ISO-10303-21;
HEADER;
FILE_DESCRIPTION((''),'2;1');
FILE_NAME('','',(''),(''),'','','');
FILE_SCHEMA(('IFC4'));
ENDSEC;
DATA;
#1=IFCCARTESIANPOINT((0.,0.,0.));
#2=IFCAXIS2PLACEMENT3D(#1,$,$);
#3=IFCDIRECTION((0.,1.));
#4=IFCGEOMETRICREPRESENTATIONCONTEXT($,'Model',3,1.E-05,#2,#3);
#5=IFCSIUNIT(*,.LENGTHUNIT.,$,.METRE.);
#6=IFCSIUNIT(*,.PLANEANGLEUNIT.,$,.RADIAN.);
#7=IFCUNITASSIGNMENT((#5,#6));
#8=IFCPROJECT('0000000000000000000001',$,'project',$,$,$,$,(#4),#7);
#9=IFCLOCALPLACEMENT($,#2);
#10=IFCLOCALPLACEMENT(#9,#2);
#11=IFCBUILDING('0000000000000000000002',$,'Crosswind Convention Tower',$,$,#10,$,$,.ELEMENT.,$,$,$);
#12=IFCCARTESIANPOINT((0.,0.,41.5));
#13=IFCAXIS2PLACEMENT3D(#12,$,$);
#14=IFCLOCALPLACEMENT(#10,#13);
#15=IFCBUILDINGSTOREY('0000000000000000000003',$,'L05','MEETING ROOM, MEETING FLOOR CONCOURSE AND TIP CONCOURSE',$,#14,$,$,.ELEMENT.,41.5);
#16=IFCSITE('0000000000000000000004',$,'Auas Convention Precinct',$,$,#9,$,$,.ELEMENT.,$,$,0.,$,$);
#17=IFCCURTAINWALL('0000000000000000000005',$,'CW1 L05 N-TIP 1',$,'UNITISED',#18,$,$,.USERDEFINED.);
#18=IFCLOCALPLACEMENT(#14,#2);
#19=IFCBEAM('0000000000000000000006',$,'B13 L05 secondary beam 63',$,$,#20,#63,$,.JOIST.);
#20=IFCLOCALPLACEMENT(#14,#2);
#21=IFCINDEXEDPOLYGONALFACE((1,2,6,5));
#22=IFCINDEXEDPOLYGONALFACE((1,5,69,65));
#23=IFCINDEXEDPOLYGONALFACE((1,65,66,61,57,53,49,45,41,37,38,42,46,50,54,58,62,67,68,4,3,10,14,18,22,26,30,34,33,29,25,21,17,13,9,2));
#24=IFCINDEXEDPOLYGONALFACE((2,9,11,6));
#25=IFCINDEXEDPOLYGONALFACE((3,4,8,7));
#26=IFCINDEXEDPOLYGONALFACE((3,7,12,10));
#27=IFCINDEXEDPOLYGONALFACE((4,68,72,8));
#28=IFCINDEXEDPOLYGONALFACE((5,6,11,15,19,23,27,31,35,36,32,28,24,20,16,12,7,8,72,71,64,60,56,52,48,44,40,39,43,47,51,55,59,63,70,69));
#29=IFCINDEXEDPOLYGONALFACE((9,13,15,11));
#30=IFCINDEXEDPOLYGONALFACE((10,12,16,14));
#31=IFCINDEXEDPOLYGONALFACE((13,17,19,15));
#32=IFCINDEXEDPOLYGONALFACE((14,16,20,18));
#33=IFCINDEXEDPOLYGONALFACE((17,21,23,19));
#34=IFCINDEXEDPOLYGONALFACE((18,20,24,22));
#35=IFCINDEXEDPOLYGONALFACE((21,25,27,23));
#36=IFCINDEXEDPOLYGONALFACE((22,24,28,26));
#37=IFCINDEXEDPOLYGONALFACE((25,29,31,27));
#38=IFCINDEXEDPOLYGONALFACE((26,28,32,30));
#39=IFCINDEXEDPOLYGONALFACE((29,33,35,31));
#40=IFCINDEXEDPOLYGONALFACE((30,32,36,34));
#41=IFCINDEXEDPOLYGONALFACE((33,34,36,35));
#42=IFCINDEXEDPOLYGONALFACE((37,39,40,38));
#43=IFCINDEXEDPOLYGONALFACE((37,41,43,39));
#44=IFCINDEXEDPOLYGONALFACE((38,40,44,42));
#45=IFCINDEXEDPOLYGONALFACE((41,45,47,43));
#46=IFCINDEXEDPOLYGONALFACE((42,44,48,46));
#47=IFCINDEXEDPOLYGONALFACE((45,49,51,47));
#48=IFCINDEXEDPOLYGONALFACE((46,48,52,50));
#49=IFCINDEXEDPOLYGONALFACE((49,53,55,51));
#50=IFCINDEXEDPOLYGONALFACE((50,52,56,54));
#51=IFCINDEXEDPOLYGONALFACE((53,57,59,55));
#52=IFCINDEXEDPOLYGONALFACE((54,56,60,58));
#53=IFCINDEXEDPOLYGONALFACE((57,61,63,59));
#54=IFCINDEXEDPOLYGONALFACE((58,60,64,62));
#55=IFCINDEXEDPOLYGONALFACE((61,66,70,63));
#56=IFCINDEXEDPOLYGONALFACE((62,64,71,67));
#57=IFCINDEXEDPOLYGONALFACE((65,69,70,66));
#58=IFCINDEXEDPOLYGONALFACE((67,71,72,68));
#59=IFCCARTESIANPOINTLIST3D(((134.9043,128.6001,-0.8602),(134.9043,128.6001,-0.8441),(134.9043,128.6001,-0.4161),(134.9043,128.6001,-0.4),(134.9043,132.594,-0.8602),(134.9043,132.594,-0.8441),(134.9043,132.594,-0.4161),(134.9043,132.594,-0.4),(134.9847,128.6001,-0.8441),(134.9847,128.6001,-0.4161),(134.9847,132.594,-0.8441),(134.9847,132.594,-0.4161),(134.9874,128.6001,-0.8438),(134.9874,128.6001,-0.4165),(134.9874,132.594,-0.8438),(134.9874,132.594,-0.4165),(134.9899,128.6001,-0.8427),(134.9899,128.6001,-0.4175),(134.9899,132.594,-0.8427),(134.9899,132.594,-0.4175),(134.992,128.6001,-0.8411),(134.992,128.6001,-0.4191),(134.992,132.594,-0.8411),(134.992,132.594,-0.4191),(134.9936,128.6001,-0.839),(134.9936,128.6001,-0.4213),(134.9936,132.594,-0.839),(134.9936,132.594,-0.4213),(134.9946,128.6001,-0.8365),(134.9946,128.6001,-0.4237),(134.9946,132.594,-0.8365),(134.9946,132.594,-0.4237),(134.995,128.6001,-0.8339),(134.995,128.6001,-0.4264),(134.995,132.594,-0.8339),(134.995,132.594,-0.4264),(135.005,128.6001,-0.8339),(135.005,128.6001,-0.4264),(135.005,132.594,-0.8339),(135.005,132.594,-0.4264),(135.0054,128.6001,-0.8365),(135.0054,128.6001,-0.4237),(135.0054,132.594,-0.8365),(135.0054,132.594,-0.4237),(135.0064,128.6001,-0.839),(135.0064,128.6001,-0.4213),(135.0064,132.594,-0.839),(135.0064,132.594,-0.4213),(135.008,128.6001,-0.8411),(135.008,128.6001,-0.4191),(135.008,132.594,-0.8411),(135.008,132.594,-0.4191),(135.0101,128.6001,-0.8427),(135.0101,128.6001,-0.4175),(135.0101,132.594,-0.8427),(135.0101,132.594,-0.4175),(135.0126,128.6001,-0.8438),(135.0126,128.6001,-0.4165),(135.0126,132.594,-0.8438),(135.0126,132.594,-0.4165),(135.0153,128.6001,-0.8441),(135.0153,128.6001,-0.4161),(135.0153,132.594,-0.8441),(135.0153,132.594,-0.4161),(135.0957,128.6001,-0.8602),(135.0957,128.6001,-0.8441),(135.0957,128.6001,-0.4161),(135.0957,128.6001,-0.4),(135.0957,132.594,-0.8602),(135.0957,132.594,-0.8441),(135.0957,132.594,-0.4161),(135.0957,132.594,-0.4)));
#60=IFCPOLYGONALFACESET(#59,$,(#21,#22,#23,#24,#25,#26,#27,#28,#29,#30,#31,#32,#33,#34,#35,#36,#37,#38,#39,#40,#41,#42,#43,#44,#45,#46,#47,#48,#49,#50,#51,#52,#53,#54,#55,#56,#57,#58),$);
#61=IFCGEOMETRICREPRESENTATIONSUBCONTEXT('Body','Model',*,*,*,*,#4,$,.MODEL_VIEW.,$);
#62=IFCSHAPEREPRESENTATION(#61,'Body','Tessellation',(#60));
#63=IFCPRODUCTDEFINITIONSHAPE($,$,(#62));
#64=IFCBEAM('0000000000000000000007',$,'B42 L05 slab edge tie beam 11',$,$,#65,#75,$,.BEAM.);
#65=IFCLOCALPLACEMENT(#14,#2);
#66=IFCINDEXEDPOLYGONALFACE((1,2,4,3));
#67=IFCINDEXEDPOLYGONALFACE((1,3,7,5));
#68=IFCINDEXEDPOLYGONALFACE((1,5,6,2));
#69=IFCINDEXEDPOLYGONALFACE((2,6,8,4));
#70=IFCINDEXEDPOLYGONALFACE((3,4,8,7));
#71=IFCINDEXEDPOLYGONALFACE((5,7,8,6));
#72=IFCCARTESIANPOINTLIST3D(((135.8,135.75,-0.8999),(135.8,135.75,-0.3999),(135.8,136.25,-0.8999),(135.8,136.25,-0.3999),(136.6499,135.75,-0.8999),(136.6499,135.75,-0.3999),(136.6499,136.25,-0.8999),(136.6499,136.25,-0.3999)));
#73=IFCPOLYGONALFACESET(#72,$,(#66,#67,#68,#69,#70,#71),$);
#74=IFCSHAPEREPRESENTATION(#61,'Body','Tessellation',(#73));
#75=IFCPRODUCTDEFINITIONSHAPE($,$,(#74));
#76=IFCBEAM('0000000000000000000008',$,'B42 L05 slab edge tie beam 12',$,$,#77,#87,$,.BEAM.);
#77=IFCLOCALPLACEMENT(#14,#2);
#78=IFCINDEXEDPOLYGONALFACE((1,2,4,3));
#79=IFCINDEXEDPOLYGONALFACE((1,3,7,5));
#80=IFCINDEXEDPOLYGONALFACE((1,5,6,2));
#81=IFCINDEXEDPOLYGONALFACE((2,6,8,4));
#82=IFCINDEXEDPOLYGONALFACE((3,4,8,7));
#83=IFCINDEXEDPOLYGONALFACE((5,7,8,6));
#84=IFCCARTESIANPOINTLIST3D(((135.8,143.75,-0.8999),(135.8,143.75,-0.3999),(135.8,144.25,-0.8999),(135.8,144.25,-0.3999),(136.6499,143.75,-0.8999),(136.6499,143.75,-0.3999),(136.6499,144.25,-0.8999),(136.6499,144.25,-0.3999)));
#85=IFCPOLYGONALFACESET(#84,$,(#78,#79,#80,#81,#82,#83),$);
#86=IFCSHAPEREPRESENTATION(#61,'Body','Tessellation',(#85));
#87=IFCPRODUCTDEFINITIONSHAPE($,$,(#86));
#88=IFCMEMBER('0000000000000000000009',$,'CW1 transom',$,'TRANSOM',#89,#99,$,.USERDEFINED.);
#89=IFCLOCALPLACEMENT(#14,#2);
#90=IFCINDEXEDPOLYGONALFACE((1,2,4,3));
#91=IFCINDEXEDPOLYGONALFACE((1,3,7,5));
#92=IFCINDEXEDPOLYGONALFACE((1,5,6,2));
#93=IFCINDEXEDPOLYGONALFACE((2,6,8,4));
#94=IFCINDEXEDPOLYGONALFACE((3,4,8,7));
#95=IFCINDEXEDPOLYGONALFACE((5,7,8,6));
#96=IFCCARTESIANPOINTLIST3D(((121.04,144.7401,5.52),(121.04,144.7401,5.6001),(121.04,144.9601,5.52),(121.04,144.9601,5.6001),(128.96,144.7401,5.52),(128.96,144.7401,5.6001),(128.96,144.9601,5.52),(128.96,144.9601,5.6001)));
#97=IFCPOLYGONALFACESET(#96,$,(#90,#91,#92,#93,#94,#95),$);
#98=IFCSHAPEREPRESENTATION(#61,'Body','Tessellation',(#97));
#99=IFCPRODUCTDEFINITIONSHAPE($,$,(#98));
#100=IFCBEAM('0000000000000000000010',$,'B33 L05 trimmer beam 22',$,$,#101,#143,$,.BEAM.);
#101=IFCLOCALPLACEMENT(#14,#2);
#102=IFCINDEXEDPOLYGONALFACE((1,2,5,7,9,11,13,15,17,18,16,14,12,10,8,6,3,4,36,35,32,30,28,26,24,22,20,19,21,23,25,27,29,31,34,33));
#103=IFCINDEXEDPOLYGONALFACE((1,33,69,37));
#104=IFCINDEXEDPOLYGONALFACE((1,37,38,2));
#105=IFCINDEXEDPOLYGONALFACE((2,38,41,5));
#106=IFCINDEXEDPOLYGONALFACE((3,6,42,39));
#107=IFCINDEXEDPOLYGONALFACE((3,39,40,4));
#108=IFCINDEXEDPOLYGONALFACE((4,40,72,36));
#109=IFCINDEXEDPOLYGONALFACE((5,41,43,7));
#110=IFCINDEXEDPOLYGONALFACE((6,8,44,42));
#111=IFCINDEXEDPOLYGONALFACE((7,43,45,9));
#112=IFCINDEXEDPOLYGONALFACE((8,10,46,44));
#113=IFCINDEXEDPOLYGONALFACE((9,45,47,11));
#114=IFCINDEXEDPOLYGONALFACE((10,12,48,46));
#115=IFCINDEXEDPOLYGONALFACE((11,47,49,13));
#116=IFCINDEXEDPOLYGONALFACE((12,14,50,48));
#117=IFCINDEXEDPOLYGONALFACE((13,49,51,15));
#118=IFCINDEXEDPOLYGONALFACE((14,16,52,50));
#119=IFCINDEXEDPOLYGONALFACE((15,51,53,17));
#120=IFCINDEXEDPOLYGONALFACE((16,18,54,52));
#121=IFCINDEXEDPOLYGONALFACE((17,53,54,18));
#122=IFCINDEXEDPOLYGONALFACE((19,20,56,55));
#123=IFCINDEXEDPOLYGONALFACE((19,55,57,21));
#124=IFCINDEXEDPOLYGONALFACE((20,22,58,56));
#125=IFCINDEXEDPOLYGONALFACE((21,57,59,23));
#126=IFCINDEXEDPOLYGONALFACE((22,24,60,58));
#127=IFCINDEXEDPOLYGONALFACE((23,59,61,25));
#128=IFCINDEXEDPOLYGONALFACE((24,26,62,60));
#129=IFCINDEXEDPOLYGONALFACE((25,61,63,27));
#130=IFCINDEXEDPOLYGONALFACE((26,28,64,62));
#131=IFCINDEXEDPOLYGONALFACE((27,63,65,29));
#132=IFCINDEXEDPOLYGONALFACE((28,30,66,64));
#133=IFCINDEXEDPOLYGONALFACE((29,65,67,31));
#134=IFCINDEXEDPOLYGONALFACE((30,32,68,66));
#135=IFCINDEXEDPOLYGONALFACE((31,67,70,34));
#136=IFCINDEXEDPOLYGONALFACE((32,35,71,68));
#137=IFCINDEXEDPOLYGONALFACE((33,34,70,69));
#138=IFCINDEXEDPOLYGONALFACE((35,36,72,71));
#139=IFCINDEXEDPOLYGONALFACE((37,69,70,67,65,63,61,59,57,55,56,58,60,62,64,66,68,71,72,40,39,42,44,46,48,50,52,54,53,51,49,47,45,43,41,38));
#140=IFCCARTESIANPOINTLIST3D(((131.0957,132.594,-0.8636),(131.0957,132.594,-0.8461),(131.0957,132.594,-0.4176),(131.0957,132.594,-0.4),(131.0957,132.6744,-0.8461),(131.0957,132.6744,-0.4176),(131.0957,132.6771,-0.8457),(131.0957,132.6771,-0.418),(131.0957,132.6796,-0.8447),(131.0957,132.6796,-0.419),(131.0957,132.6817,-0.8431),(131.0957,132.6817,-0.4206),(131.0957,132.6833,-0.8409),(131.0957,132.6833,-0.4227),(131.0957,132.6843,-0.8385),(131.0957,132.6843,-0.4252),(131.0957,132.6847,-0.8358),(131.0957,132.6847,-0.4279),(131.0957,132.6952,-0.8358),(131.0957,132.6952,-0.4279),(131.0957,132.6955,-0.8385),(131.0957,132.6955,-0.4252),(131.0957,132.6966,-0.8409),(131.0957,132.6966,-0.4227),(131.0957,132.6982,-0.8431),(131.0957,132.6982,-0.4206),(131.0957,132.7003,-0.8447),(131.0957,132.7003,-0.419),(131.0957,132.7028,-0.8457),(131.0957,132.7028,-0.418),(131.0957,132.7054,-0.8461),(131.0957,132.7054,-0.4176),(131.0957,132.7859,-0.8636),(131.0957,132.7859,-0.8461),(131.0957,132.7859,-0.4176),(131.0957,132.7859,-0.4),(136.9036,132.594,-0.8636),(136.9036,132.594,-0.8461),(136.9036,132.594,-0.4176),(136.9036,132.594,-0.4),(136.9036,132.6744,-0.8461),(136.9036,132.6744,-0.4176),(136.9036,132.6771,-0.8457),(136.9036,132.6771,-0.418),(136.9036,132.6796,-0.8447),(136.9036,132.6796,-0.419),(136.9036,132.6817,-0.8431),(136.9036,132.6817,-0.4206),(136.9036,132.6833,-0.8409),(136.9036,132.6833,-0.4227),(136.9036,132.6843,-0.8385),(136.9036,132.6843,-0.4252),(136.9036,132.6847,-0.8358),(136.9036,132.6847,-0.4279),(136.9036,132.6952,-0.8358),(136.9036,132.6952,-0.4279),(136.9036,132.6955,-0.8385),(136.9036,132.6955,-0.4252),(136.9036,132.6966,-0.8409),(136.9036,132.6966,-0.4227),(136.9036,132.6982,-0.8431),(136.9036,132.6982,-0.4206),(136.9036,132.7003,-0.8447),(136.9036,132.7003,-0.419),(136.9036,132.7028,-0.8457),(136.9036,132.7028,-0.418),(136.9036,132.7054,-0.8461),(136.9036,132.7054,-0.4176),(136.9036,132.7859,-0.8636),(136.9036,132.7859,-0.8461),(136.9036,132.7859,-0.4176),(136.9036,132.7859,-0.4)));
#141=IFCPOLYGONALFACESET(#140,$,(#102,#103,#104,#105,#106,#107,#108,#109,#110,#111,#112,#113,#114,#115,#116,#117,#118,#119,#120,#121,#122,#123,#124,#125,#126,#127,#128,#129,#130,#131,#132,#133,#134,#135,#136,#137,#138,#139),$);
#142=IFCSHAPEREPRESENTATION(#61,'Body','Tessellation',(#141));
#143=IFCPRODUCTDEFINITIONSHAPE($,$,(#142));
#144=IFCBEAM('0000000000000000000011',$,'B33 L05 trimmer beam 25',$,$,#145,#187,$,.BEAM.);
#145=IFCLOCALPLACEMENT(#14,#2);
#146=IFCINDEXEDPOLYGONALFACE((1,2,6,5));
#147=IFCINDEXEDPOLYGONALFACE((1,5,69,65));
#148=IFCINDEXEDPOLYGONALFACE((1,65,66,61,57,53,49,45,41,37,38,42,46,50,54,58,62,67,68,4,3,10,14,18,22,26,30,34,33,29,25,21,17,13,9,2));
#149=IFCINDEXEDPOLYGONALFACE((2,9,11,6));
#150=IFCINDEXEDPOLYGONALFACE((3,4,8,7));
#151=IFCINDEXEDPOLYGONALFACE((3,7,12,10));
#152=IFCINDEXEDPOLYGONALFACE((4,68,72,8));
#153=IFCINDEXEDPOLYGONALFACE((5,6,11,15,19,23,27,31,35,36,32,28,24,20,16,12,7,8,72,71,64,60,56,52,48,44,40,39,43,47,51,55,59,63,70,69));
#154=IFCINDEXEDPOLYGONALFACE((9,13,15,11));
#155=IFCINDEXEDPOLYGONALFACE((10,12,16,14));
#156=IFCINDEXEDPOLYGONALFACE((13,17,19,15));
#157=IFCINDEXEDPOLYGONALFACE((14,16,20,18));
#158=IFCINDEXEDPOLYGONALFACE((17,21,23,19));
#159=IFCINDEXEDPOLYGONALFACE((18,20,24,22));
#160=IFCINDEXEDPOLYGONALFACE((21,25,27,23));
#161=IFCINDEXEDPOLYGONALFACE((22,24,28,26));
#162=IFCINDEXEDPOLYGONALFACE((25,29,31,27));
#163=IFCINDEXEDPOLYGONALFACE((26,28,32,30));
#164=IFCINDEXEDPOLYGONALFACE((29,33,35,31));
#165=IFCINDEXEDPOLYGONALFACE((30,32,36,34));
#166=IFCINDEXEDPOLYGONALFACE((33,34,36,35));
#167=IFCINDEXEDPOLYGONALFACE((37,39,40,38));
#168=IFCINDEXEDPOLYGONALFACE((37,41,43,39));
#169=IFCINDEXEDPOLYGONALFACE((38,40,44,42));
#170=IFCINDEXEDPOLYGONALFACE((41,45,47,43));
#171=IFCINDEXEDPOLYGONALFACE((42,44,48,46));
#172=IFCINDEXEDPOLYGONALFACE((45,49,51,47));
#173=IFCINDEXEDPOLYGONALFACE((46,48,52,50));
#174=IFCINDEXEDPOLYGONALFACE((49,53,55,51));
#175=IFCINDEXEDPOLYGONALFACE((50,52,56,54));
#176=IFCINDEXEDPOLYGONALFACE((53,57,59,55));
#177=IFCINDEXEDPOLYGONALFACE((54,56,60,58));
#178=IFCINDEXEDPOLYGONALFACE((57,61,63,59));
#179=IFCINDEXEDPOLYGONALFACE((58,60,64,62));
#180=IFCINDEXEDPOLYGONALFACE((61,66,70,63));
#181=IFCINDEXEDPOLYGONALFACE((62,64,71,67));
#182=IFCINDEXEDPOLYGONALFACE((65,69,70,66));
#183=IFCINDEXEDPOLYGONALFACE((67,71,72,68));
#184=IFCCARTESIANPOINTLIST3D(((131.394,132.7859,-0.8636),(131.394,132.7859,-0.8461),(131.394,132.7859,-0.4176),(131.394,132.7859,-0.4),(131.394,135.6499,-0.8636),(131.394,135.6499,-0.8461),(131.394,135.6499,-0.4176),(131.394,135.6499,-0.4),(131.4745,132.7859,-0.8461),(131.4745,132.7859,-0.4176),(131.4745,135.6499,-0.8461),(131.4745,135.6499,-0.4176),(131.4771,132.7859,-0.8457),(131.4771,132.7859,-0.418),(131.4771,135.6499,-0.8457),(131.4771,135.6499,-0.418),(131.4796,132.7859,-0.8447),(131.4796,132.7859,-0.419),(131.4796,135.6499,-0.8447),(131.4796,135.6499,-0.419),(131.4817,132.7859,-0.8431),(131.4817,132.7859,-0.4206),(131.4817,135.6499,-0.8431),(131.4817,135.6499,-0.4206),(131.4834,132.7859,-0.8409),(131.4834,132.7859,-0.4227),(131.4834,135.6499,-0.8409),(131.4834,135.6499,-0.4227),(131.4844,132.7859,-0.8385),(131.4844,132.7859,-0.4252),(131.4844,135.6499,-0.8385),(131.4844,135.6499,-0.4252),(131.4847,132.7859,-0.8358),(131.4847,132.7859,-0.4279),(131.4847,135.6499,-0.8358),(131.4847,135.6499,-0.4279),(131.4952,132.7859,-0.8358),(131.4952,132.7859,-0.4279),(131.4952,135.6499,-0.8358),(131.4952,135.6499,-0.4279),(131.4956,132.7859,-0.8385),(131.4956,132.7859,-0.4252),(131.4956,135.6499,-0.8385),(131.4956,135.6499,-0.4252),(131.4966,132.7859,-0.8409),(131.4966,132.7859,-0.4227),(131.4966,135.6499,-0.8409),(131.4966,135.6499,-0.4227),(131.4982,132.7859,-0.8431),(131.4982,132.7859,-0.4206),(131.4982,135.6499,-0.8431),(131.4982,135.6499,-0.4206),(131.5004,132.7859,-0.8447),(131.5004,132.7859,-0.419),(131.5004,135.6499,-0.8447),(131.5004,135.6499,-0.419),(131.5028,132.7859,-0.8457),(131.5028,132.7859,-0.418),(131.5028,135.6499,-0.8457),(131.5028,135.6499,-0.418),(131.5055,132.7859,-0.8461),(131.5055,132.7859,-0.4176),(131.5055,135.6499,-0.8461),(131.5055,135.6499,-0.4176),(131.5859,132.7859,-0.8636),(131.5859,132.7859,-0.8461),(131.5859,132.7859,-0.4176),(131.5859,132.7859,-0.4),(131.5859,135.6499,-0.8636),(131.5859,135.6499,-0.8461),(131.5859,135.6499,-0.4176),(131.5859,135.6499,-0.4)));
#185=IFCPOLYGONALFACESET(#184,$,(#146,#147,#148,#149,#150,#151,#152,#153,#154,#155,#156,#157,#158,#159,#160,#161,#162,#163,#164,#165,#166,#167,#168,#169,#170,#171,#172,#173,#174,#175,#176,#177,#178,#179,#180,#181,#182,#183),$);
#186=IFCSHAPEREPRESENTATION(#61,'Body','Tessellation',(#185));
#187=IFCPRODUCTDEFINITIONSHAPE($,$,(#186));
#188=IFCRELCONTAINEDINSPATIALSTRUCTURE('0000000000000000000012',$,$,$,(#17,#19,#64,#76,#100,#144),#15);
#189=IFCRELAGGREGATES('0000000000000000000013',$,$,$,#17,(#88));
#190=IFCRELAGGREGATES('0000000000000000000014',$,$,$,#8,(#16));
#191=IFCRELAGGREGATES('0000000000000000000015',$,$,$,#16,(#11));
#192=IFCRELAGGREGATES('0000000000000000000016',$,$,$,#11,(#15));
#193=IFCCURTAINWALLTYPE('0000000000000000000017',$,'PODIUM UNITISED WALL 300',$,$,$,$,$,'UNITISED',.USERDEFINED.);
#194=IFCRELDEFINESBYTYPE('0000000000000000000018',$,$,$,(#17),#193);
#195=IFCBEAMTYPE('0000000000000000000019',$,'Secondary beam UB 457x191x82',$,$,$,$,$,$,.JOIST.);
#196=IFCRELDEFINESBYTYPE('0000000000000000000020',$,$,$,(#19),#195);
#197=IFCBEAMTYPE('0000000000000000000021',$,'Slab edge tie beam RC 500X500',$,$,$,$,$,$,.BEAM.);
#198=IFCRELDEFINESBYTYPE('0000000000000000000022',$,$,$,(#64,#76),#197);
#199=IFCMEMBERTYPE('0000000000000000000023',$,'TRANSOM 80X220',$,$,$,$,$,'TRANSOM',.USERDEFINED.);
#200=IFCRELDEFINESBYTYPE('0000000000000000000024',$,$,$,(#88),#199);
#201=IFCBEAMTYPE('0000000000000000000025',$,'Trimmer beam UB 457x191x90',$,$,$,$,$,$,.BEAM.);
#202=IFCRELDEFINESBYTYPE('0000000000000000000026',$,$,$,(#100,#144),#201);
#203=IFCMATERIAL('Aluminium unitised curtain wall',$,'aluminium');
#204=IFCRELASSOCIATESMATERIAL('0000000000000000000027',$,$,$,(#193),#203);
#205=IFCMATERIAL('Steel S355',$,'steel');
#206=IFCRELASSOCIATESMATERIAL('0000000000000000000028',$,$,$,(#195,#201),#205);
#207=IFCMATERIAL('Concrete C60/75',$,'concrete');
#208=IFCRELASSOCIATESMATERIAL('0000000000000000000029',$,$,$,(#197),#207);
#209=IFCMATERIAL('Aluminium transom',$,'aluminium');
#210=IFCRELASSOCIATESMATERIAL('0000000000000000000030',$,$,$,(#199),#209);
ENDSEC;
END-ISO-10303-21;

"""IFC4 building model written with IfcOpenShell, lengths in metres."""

from ifc_helpers import new_model, si_unit, direction, frame, origin, origin_2d, place, context, subcontext, project, spatial, rectangle, i_section, extrude, material, material_profile, profile_set, type_object, element, aggregate, save


model = new_model("IFC4")

# Units and contexts
model_context = context("Model", 3, precision=1e-05, world=origin(), true_north=direction((0.0, 1.0)))
body_context = subcontext(model_context, "Body", "Model", "MODEL_VIEW")
ifc_project = project(units=[si_unit("LENGTHUNIT", "METRE"), si_unit("PLANEANGLEUNIT", "RADIAN")], contexts=[model_context])

# Site, building, storey
site_placement = place(None, origin())
site = spatial("IfcSite", under=ifc_project, at=site_placement, Name="Auas Convention Precinct", CompositionType="ELEMENT", RefElevation=0.0)
building_placement = place(site_placement, origin())
building = spatial("IfcBuilding", under=site, at=building_placement, Name="Crosswind Convention Tower", CompositionType="ELEMENT")
storey_placement = place(building_placement, frame((0.0, 0.0, 41.5)))
storey = spatial("IfcBuildingStorey", under=building, at=storey_placement, Name="L05", Description="MEETING ROOM, MEETING FLOOR CONCOURSE AND TIP CONCOURSE", CompositionType="ELEMENT", Elevation=41.5)

# Shared definitions
ifc_material_1 = material(Name="Concrete C60/75", Category="concrete")

# Shared definitions
ifc_material_2 = material(Name="Steel S355", Category="steel")

# Curtain wall
ifc_material_3 = material(Name="Aluminium unitised curtain wall", Category="aluminium")
curtain_wall_type = type_object("IfcCurtainWallType", Name="PODIUM UNITISED WALL 300", ElementType="UNITISED", PredefinedType="USERDEFINED", material=ifc_material_3)
curtain_wall_placement = place(storey_placement, origin())
curtain_wall = element("IfcCurtainWall", 1, at=curtain_wall_placement, inside=storey, type_object=curtain_wall_type, Name="CW1 L05 N-TIP 1", ObjectType="UNITISED", PredefinedType="USERDEFINED")

# Beams
ifc_material_profile_1 = material_profile(ifc_material_2, i_section(OverallWidth=0.1914, OverallDepth=0.4602, WebThickness=0.01, FlangeThickness=0.0161, FilletRadius=0.0103, at=origin_2d()), Name="UB 457x191x82")
ifc_profile_set_1 = profile_set([ifc_material_profile_1], Name="Steel S355")
beam_type_1 = type_object("IfcBeamType", Name="Secondary beam UB 457x191x82", PredefinedType="JOIST", material=ifc_profile_set_1)
beam_1_placement = place(storey_placement, frame((135.0, 128.6001, -0.6301), z_axis=(0.0, 1.0, 0.0), x_axis=(-1.0, 0.0, 0.0)))
element("IfcBeam", 2, at=beam_1_placement, inside=storey, type_object=beam_type_1, Name="B13 L05 secondary beam 63", PredefinedType="JOIST", context=body_context, shape_type="SweptSolid", body=[
    extrude(i_section(OverallWidth=0.1914, OverallDepth=0.4602, WebThickness=0.01, FlangeThickness=0.0161, FilletRadius=0.0103, at=origin_2d()), origin(), (0.0, 0.0, 1.0), 3.9939),
])
ifc_material_profile_2 = material_profile(ifc_material_1, rectangle(XDim=0.5, YDim=0.5, at=origin_2d()), Name="RC 500X500")
ifc_profile_set_2 = profile_set([ifc_material_profile_2], Name="Concrete C60/75")
beam_type_2 = type_object("IfcBeamType", Name="Slab edge tie beam RC 500X500", PredefinedType="BEAM", material=ifc_profile_set_2)
for number, where, z_axis, x_axis, name in (
    (3, (135.8, 136.0, -0.6499), (1.0, 0.0, 0.0), (0.0, 1.0, 0.0), "B42 L05 slab edge tie beam 11"),
    (4, (135.8, 144.0, -0.6499), (1.0, 0.0, 0.0), (0.0, 1.0, 0.0), "B42 L05 slab edge tie beam 12"),
):
    element("IfcBeam", number, at=place(storey_placement, frame(where, z_axis=z_axis, x_axis=x_axis)), inside=storey, type_object=beam_type_2, Name=name, PredefinedType="BEAM", context=body_context, shape_type="SweptSolid", body=[
        extrude(rectangle(XDim=0.5, YDim=0.5, at=origin_2d()), origin(), (0.0, 0.0, 1.0), 0.8499),
    ])

# Member
ifc_material_4 = material(Name="Aluminium transom", Category="aluminium")
ifc_material_profile_3 = material_profile(ifc_material_4, rectangle(XDim=0.22, YDim=0.0801, at=origin_2d()), Name="AL 220X80")
ifc_profile_set_3 = profile_set([ifc_material_profile_3], Name="Aluminium transom")
member_type_1 = type_object("IfcMemberType", Name="TRANSOM 80X220", ElementType="TRANSOM", PredefinedType="USERDEFINED", material=ifc_profile_set_3)
member_1_placement = place(storey_placement, frame((128.96, 144.8501, 5.5601), z_axis=(-1.0, 0.0, 0.0), x_axis=(0.0, -1.0, 0.0)))
member_1 = element("IfcMember", 5, at=member_1_placement, type_object=member_type_1, Name="CW1 transom", ObjectType="TRANSOM", PredefinedType="USERDEFINED", context=body_context, shape_type="SweptSolid", body=[
    extrude(rectangle(XDim=0.22, YDim=0.0801, at=origin_2d()), origin(), (0.0, 0.0, 1.0), 7.9199),
])

# Beams
ifc_material_profile_4 = material_profile(ifc_material_2, i_section(OverallWidth=0.1919, OverallDepth=0.4636, WebThickness=0.0105, FlangeThickness=0.0176, FilletRadius=0.0103, at=origin_2d()), Name="UB 457x191x90")
ifc_profile_set_4 = profile_set([ifc_material_profile_4], Name="Steel S355")
beam_type_3 = type_object("IfcBeamType", Name="Trimmer beam UB 457x191x90", PredefinedType="BEAM", material=ifc_profile_set_4)
beam_2_placement = place(storey_placement, frame((131.0957, 132.6899, -0.6318), z_axis=(1.0, 0.0, 0.0), x_axis=(0.0, 1.0, 0.0)))
element("IfcBeam", 6, at=beam_2_placement, inside=storey, type_object=beam_type_3, Name="B33 L05 trimmer beam 22", PredefinedType="BEAM", context=body_context, shape_type="SweptSolid", body=[
    extrude(i_section(OverallWidth=0.1919, OverallDepth=0.4636, WebThickness=0.0105, FlangeThickness=0.0176, FilletRadius=0.0103, at=origin_2d()), origin(), (0.0, 0.0, 1.0), 5.8079),
])
beam_3_placement = place(storey_placement, frame((131.49, 132.7859, -0.6318), z_axis=(0.0, 1.0, 0.0), x_axis=(-1.0, 0.0, 0.0)))
element("IfcBeam", 7, at=beam_3_placement, inside=storey, type_object=beam_type_3, Name="B33 L05 trimmer beam 25", PredefinedType="BEAM", context=body_context, shape_type="SweptSolid", body=[
    extrude(i_section(OverallWidth=0.1919, OverallDepth=0.4636, WebThickness=0.0105, FlangeThickness=0.0176, FilletRadius=0.0103, at=origin_2d()), origin(), (0.0, 0.0, 1.0), 2.864),
])

aggregate(curtain_wall, [member_1])

save(model, "model.ifc")
